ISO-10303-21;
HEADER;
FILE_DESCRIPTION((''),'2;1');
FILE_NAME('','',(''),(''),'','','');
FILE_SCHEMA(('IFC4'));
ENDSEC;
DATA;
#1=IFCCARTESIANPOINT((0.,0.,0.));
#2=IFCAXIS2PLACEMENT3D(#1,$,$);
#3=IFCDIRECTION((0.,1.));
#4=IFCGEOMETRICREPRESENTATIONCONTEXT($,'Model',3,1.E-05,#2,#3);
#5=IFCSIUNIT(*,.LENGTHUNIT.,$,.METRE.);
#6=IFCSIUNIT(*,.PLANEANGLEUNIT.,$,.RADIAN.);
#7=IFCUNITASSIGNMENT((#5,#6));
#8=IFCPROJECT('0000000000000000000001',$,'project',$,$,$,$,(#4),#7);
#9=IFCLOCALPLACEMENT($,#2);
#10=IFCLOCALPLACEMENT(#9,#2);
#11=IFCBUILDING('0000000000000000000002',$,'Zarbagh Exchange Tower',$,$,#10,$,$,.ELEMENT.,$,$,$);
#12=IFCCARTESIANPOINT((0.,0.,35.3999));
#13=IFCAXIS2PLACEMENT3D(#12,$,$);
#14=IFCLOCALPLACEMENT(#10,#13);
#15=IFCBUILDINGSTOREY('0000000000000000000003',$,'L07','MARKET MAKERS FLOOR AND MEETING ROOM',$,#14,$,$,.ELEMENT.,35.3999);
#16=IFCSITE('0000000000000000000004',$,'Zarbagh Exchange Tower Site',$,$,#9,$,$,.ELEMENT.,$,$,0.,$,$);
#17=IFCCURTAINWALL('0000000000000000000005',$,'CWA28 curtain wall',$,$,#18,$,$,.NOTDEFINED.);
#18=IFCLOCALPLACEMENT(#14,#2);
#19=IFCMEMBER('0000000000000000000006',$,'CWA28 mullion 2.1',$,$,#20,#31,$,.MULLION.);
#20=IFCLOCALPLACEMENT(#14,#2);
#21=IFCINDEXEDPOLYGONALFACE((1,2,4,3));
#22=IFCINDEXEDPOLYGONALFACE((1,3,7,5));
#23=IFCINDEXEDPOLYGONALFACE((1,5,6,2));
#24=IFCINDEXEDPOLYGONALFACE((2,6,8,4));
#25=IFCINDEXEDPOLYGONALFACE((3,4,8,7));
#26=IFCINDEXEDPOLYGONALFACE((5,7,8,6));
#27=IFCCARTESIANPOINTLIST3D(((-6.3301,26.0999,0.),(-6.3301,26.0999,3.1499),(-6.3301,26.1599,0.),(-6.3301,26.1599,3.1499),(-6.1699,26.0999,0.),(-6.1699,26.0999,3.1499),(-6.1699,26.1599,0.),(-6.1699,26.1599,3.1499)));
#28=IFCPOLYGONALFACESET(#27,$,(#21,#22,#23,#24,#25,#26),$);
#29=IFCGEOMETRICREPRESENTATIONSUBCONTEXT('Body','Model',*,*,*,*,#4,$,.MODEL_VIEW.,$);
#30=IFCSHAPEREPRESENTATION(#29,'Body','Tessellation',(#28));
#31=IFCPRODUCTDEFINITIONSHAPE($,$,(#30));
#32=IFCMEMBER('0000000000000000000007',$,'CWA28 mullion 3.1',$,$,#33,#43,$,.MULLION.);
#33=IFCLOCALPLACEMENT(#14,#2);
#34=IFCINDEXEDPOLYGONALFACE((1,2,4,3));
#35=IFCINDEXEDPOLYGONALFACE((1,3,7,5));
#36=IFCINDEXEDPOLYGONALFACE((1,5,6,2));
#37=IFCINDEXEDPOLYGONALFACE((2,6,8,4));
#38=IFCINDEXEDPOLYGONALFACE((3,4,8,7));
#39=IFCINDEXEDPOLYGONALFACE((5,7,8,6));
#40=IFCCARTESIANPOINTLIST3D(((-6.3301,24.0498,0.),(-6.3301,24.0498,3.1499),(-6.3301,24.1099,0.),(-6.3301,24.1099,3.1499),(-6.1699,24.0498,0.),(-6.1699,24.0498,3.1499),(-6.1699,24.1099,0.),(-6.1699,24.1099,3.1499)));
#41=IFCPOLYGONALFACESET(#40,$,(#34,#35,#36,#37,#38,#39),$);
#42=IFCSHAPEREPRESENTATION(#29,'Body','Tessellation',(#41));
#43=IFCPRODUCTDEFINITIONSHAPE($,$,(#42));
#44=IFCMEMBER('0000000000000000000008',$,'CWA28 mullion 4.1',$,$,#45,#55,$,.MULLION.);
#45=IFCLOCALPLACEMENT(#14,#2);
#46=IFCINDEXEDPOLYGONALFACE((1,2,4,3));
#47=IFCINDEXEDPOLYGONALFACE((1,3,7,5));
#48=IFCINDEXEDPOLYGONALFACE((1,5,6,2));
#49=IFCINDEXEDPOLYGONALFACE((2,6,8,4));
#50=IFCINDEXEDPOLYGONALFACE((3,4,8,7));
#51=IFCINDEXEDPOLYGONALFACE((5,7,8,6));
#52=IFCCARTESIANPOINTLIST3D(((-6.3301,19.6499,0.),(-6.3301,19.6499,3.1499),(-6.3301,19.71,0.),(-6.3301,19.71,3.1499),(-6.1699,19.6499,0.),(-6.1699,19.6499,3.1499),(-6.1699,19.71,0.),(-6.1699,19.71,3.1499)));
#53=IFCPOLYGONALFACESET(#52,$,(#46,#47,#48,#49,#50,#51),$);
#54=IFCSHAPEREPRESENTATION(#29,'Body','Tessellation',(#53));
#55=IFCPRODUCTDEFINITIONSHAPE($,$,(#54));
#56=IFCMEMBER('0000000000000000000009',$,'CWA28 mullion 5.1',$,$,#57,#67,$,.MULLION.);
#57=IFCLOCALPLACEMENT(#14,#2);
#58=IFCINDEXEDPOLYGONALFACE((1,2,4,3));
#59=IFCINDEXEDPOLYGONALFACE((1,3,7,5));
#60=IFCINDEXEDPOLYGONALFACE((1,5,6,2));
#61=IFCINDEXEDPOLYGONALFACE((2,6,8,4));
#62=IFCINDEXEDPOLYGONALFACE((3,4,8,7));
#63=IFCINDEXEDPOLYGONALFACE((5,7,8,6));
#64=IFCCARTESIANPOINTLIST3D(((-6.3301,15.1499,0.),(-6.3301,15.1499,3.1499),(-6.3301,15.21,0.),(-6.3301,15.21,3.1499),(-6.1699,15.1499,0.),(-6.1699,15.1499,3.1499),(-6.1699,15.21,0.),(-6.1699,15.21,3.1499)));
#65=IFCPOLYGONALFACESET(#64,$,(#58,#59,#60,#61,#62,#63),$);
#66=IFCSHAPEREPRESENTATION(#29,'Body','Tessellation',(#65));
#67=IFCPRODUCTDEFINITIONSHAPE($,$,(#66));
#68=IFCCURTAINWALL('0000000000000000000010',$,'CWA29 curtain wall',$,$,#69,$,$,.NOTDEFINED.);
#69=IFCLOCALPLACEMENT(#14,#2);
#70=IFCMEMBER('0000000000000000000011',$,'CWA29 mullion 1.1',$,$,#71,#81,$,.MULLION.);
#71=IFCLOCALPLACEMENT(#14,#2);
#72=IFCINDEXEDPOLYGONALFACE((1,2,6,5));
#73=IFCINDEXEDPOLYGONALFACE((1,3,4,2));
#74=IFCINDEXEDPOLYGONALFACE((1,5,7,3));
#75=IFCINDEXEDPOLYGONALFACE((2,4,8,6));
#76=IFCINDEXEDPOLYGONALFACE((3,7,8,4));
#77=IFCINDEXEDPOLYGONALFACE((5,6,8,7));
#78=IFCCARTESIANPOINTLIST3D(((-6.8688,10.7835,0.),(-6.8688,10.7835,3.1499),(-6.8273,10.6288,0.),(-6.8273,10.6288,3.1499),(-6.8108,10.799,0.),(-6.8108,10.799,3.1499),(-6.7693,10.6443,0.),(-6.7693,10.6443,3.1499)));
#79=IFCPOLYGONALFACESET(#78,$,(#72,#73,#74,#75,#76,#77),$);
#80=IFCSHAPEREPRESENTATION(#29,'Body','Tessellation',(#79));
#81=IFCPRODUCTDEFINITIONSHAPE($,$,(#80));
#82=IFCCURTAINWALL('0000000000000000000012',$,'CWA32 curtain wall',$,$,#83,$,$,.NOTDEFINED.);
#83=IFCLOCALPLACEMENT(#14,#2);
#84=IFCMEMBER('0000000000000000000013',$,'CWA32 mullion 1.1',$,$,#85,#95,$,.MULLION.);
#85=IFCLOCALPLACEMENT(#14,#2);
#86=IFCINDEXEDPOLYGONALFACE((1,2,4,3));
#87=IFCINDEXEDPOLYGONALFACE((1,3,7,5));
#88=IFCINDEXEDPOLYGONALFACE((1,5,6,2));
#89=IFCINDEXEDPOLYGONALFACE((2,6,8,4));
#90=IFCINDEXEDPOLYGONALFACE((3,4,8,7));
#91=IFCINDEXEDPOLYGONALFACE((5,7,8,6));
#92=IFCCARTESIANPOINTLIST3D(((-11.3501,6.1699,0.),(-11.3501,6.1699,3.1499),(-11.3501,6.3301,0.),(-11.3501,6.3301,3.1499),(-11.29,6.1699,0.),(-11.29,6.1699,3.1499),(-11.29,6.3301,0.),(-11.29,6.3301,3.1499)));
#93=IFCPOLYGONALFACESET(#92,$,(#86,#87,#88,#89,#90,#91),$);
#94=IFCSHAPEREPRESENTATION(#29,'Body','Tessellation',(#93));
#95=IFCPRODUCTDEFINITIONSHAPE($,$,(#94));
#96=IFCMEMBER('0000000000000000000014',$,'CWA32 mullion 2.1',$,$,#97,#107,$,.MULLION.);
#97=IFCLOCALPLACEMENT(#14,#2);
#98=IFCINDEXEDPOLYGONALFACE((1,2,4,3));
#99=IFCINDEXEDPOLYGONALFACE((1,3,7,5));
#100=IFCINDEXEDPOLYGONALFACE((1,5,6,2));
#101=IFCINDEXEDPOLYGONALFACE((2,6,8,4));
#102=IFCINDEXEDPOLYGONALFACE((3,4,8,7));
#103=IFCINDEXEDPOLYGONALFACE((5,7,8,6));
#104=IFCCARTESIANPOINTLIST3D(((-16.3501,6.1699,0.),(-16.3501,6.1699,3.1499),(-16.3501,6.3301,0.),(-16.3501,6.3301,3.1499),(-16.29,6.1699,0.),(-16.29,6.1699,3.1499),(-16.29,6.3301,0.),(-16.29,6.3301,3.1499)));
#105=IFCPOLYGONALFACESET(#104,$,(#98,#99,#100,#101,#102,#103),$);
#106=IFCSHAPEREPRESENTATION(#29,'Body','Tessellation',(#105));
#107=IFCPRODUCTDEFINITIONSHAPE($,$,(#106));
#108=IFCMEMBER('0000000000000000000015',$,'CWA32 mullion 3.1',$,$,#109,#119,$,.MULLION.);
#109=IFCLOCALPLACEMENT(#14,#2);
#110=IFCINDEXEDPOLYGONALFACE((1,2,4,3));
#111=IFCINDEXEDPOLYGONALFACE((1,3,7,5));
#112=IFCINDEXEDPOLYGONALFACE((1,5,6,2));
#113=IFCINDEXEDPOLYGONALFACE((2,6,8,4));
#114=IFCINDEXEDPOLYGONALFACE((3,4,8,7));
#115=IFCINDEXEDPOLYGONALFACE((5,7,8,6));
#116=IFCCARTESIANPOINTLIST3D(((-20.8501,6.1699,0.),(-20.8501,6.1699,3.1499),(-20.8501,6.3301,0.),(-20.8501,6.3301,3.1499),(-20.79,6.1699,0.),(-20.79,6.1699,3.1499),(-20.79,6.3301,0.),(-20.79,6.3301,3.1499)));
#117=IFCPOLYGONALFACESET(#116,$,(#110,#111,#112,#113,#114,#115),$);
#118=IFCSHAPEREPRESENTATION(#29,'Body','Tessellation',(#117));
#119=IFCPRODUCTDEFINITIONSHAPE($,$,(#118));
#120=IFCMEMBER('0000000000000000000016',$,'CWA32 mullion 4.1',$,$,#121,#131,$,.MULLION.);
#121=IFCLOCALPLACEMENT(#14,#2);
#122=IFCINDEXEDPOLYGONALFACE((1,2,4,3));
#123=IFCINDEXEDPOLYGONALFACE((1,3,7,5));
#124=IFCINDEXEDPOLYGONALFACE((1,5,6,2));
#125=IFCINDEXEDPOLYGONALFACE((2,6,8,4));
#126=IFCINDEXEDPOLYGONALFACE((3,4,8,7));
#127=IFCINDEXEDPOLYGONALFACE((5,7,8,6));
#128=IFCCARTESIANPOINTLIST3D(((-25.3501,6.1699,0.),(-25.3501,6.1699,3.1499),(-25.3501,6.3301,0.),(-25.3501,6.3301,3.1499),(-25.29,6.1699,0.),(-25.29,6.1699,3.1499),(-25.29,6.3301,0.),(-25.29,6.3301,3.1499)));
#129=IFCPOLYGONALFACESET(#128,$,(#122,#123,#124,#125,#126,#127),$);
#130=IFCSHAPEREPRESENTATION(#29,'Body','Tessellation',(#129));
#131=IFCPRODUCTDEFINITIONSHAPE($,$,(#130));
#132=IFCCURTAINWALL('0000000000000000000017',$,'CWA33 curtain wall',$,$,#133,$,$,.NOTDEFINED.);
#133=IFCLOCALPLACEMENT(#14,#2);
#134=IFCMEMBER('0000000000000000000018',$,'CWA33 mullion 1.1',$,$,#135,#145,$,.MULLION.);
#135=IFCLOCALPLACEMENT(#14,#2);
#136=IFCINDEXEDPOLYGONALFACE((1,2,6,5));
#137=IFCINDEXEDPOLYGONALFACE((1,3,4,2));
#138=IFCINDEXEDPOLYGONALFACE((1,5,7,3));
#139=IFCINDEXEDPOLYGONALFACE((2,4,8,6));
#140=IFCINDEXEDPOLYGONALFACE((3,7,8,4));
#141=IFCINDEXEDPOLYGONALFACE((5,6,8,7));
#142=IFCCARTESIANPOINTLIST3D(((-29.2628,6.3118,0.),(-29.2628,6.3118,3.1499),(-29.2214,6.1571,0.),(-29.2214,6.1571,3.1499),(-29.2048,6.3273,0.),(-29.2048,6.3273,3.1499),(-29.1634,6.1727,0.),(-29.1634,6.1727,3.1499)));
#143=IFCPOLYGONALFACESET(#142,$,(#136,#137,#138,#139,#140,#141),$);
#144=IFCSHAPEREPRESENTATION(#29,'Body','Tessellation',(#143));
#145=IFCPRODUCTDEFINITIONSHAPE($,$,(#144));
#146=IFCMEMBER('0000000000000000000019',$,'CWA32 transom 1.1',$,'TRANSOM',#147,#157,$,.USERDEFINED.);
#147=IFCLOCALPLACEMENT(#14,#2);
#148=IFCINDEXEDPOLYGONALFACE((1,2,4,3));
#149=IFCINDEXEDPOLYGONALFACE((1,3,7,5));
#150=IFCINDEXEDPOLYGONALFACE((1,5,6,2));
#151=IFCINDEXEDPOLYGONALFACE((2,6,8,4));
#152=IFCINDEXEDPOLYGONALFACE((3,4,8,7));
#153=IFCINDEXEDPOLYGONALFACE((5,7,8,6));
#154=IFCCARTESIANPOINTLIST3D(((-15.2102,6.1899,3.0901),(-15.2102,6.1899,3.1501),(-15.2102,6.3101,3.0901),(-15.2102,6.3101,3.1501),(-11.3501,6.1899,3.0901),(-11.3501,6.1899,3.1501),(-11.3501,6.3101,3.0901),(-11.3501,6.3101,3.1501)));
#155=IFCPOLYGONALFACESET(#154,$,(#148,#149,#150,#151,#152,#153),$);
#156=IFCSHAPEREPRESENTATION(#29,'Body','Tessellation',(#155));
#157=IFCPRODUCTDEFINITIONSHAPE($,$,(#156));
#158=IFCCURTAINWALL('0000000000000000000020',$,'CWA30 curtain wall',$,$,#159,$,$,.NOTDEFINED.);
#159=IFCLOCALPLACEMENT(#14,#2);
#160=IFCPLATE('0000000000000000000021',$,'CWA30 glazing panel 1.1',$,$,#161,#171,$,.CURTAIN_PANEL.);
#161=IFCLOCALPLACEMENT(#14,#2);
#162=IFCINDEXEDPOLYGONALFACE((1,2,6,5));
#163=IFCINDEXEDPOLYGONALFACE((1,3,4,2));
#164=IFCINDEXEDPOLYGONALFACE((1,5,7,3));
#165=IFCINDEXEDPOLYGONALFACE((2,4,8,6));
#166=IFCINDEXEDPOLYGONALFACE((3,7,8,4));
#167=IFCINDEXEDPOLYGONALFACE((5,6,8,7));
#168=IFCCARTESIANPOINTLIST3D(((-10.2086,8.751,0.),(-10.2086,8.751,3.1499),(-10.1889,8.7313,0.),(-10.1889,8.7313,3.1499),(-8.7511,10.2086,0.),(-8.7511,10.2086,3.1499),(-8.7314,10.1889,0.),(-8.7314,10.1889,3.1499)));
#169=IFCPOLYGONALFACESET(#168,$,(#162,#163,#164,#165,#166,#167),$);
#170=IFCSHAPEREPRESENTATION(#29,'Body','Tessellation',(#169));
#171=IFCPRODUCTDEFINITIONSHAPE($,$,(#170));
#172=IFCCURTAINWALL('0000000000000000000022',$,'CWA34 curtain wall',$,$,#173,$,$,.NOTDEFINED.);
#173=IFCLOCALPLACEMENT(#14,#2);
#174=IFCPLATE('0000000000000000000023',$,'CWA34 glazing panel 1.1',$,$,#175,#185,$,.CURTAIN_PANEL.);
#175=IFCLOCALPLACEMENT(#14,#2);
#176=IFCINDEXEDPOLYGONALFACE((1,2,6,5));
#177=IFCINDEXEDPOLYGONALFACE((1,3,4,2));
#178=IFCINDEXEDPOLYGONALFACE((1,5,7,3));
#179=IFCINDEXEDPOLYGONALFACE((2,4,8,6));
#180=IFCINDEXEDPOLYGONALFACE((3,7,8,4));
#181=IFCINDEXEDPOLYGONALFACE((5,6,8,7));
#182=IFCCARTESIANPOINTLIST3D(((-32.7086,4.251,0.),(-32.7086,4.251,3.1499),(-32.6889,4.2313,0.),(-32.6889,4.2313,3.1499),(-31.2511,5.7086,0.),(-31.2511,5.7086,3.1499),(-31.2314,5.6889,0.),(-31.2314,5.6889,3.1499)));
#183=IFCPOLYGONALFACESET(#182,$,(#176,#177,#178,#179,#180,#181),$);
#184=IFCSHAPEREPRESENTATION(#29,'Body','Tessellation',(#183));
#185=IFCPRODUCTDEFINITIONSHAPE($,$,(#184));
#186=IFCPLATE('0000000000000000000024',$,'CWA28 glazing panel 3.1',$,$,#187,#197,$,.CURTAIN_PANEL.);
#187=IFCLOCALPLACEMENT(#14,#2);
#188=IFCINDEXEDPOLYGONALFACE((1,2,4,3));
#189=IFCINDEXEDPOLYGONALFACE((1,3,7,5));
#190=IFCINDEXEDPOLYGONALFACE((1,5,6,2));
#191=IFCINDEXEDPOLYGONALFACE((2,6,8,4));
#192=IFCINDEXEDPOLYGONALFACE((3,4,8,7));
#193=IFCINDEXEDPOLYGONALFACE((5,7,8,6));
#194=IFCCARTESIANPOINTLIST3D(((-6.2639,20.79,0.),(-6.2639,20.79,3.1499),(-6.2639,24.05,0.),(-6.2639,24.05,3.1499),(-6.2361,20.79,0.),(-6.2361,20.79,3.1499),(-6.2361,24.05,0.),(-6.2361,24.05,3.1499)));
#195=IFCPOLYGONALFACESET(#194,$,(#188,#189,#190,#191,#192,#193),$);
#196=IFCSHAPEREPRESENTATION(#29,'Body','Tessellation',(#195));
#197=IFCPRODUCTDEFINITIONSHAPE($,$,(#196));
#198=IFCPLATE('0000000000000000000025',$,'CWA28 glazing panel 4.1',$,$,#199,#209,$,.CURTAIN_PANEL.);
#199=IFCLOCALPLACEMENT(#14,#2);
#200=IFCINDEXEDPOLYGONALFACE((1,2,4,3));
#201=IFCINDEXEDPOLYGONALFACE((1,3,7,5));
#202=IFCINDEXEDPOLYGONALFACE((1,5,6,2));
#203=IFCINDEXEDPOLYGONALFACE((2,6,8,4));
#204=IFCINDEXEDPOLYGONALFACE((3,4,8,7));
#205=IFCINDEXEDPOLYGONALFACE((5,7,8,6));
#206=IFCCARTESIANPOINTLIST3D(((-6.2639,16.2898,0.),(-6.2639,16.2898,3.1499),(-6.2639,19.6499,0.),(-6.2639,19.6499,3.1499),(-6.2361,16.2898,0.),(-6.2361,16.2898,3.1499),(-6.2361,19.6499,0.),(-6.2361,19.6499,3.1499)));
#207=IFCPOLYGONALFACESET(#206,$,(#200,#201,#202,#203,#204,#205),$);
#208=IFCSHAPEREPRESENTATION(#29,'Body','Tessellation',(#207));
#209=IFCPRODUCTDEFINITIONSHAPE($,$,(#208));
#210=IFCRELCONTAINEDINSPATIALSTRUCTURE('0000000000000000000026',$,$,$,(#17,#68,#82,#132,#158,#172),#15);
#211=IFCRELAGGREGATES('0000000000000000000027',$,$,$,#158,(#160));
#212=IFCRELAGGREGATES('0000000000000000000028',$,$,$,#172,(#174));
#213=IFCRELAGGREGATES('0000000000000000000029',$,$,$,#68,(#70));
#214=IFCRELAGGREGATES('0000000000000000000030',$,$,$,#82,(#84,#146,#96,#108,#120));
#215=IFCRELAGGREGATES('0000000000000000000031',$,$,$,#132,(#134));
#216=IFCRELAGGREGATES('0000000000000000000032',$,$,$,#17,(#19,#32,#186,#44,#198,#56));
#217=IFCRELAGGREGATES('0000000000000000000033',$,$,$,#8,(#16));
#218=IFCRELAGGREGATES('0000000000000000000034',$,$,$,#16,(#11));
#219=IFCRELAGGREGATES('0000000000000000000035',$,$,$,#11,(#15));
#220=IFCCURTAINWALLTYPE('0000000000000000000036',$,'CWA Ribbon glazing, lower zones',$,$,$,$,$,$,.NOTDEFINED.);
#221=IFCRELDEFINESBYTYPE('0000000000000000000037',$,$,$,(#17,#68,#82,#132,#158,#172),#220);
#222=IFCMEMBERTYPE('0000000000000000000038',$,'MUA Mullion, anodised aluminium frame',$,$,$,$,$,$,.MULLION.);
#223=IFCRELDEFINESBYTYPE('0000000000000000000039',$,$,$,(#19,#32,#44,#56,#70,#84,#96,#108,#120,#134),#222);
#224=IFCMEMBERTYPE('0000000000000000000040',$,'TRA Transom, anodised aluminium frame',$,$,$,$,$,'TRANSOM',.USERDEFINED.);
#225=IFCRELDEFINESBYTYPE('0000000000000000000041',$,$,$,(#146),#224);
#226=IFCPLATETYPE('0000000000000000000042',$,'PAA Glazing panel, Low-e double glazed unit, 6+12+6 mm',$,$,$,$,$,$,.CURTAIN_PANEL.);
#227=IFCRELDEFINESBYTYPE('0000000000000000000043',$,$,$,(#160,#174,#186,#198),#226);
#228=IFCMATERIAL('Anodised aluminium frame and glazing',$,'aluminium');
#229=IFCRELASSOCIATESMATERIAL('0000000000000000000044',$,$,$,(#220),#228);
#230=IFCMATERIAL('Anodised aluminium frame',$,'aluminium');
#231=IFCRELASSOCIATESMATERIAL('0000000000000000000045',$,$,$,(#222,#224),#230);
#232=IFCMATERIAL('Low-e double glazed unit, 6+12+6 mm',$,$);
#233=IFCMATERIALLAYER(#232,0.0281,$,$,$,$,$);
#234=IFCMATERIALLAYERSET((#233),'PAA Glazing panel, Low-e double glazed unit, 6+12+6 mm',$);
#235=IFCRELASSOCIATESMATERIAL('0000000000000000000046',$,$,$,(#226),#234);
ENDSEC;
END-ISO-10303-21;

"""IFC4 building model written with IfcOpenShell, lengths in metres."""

from ifc_helpers import new_model, si_unit, direction, frame, origin, place, context, subcontext, project, spatial, polyline, outline, extrude, source, transform, mapped, material, layer, layer_set, type_object, element, aggregate, save


model = new_model("IFC4")

# Units and contexts
model_context = context("Model", 3, precision=1e-05, world=origin(), true_north=direction((0.0, 1.0)))
body_context = subcontext(model_context, "Body", "Model", "MODEL_VIEW")
ifc_project = project(units=[si_unit("LENGTHUNIT", "METRE"), si_unit("PLANEANGLEUNIT", "RADIAN")], contexts=[model_context])

# Site, building, storey
site_placement = place(None, origin())
site = spatial("IfcSite", under=ifc_project, at=site_placement, Name="Zarbagh Exchange Tower Site", CompositionType="ELEMENT", RefElevation=0.0)
building_placement = place(site_placement, origin())
building = spatial("IfcBuilding", under=site, at=building_placement, Name="Zarbagh Exchange Tower", CompositionType="ELEMENT")
storey_placement = place(building_placement, frame((0.0, 0.0, 35.3999)))
storey = spatial("IfcBuildingStorey", under=building, at=storey_placement, Name="L07", Description="MARKET MAKERS FLOOR AND MEETING ROOM", CompositionType="ELEMENT", Elevation=35.3999)

# Curtain wall, members
ifc_material_1 = material(Name="Anodised aluminium frame and glazing", Category="aluminium")
curtain_wall_type = type_object("IfcCurtainWallType", Name="CWA Ribbon glazing, lower zones", PredefinedType="NOTDEFINED", material=ifc_material_1)
curtain_wall_1_placement = place(storey_placement, origin())
curtain_wall_1 = element("IfcCurtainWall", 1, at=curtain_wall_1_placement, inside=storey, type_object=curtain_wall_type, Name="CWA28 curtain wall", PredefinedType="NOTDEFINED")
ifc_material_2 = material(Name="Anodised aluminium frame", Category="aluminium")
member_type_1 = type_object("IfcMemberType", Name="MUA Mullion, anodised aluminium frame", PredefinedType="MULLION", material=ifc_material_2)
shared_shape_1 = source(origin(), body_context, "Body", "SweptSolid", [
    extrude(outline(polyline([(0.0, -0.0801), (0.0601, -0.0801), (0.0601, 0.0801), (0.0, 0.0801), (0.0, -0.0801)])), origin(), (0.0, 0.0, 1.0), 3.1499),
])
placement = place(storey_placement, origin())
member_1 = element("IfcMember", 2, at=placement, type_object=member_type_1, Name="CWA28 mullion 2.1", PredefinedType="MULLION", context=body_context, shape_type="MappedRepresentation", body=[
    mapped(shared_shape_1, transform((-6.25, 26.1599, 0.0), x_axis=(0.0, -1.0, 0.0), y_axis=(1.0, 0.0, 0.0), z_axis=(0.0, 0.0, 1.0))),
])
member_2 = element("IfcMember", 3, at=placement, type_object=member_type_1, Name="CWA28 mullion 3.1", PredefinedType="MULLION", context=body_context, shape_type="MappedRepresentation", body=[
    mapped(shared_shape_1, transform((-6.25, 24.1099, 0.0), x_axis=(0.0, -1.0, 0.0), y_axis=(1.0, 0.0, 0.0), z_axis=(0.0, 0.0, 1.0))),
])
member_3 = element("IfcMember", 4, at=placement, type_object=member_type_1, Name="CWA28 mullion 4.1", PredefinedType="MULLION", context=body_context, shape_type="MappedRepresentation", body=[
    mapped(shared_shape_1, transform((-6.25, 19.71, 0.0), x_axis=(0.0, -1.0, 0.0), y_axis=(1.0, 0.0, 0.0), z_axis=(0.0, 0.0, 1.0))),
])
member_4 = element("IfcMember", 5, at=placement, type_object=member_type_1, Name="CWA28 mullion 5.1", PredefinedType="MULLION", context=body_context, shape_type="MappedRepresentation", body=[
    mapped(shared_shape_1, transform((-6.25, 15.21, 0.0), x_axis=(0.0, -1.0, 0.0), y_axis=(1.0, 0.0, 0.0), z_axis=(0.0, 0.0, 1.0))),
])

# Curtain wall, member
curtain_wall_2_placement = place(storey_placement, origin())
curtain_wall_2 = element("IfcCurtainWall", 6, at=curtain_wall_2_placement, inside=storey, type_object=curtain_wall_type, Name="CWA29 curtain wall", PredefinedType="NOTDEFINED")
member_5 = element("IfcMember", 7, at=placement, type_object=member_type_1, Name="CWA29 mullion 1.1", PredefinedType="MULLION", context=body_context, shape_type="MappedRepresentation", body=[
    mapped(shared_shape_1, transform((-6.79, 10.7217, 0.0), x_axis=(-0.965924, -0.258825, 0.0), y_axis=(0.258825, -0.965924, 0.0), z_axis=(0.0, 0.0, 1.0))),
])

# Curtain wall, members
curtain_wall_3_placement = place(storey_placement, origin())
curtain_wall_3 = element("IfcCurtainWall", 8, at=curtain_wall_3_placement, inside=storey, type_object=curtain_wall_type, Name="CWA32 curtain wall", PredefinedType="NOTDEFINED")
member_6 = element("IfcMember", 9, at=placement, type_object=member_type_1, Name="CWA32 mullion 1.1", PredefinedType="MULLION", context=body_context, shape_type="MappedRepresentation", body=[
    mapped(shared_shape_1, transform((-11.29, 6.25, 0.0), x_axis=(-1.0, 0.0, 0.0), y_axis=(0.0, -1.0, 0.0), z_axis=(0.0, 0.0, 1.0))),
])
member_7 = element("IfcMember", 10, at=placement, type_object=member_type_1, Name="CWA32 mullion 2.1", PredefinedType="MULLION", context=body_context, shape_type="MappedRepresentation", body=[
    mapped(shared_shape_1, transform((-16.29, 6.25, 0.0), x_axis=(-1.0, 0.0, 0.0), y_axis=(0.0, -1.0, 0.0), z_axis=(0.0, 0.0, 1.0))),
])
member_8 = element("IfcMember", 11, at=placement, type_object=member_type_1, Name="CWA32 mullion 3.1", PredefinedType="MULLION", context=body_context, shape_type="MappedRepresentation", body=[
    mapped(shared_shape_1, transform((-20.79, 6.25, 0.0), x_axis=(-1.0, 0.0, 0.0), y_axis=(0.0, -1.0, 0.0), z_axis=(0.0, 0.0, 1.0))),
])
member_9 = element("IfcMember", 12, at=placement, type_object=member_type_1, Name="CWA32 mullion 4.1", PredefinedType="MULLION", context=body_context, shape_type="MappedRepresentation", body=[
    mapped(shared_shape_1, transform((-25.29, 6.25, 0.0), x_axis=(-1.0, 0.0, 0.0), y_axis=(0.0, -1.0, 0.0), z_axis=(0.0, 0.0, 1.0))),
])

# Curtain wall, member
curtain_wall_4_placement = place(storey_placement, origin())
curtain_wall_4 = element("IfcCurtainWall", 13, at=curtain_wall_4_placement, inside=storey, type_object=curtain_wall_type, Name="CWA33 curtain wall", PredefinedType="NOTDEFINED")
member_10 = element("IfcMember", 14, at=placement, type_object=member_type_1, Name="CWA33 mullion 1.1", PredefinedType="MULLION", context=body_context, shape_type="MappedRepresentation", body=[
    mapped(shared_shape_1, transform((-29.1841, 6.25, 0.0), x_axis=(-0.965924, -0.258825, 0.0), y_axis=(0.258825, -0.965924, 0.0), z_axis=(0.0, 0.0, 1.0))),
])

# Member
member_type_2 = type_object("IfcMemberType", Name="TRA Transom, anodised aluminium frame", ElementType="TRANSOM", PredefinedType="USERDEFINED", material=ifc_material_2)
shared_shape_2 = source(origin(), body_context, "Body", "SweptSolid", [
    extrude(outline(polyline([(-0.0601, -0.0601), (0.0, -0.0601), (0.0, 0.0601), (-0.0601, 0.0601), (-0.0601, -0.0601)])), origin(), (0.0, 0.0, 1.0), 3.8601),
])
member_11 = element("IfcMember", 15, at=placement, type_object=member_type_2, Name="CWA32 transom 1.1", ObjectType="TRANSOM", PredefinedType="USERDEFINED", context=body_context, shape_type="MappedRepresentation", body=[
    mapped(shared_shape_2, transform((-11.3501, 6.25, 3.1501), x_axis=(0.0, 0.0, 1.0), y_axis=(0.0, 1.0, 0.0), z_axis=(-1.0, 0.0, 0.0))),
])

# Curtain walls, plates
curtain_wall_5_placement = place(storey_placement, origin())
curtain_wall_5 = element("IfcCurtainWall", 16, at=curtain_wall_5_placement, inside=storey, type_object=curtain_wall_type, Name="CWA30 curtain wall", PredefinedType="NOTDEFINED")
ifc_material_3 = material(Name="Low-e double glazed unit, 6+12+6 mm")
ifc_layer = layer(ifc_material_3, 0.0281)
ifc_layer_set = layer_set([ifc_layer], Name="PAA Glazing panel, Low-e double glazed unit, 6+12+6 mm")
plate_type = type_object("IfcPlateType", Name="PAA Glazing panel, Low-e double glazed unit, 6+12+6 mm", PredefinedType="CURTAIN_PANEL", material=ifc_layer_set)
shared_shape_3 = source(origin(), body_context, "Body", "SweptSolid", [
    extrude(outline(polyline([(0.0, -0.0139), (2.0613, -0.0139), (2.0613, 0.0139), (0.0, 0.0139), (0.0, -0.0139)])), origin(), (0.0, 0.0, 1.0), 3.1499),
])
plate_1 = element("IfcPlate", 17, at=placement, type_object=plate_type, Name="CWA30 glazing panel 1.1", PredefinedType="CURTAIN_PANEL", context=body_context, shape_type="MappedRepresentation", body=[
    mapped(shared_shape_3, transform((-8.7412, 10.1987, 0.0), x_axis=(-0.707107, -0.707107, 0.0), y_axis=(0.707107, -0.707107, 0.0), z_axis=(0.0, 0.0, 1.0))),
])
aggregate(curtain_wall_5, [plate_1])
curtain_wall_6_placement = place(storey_placement, origin())
curtain_wall_6 = element("IfcCurtainWall", 18, at=curtain_wall_6_placement, inside=storey, type_object=curtain_wall_type, Name="CWA34 curtain wall", PredefinedType="NOTDEFINED")
plate_2 = element("IfcPlate", 19, at=placement, type_object=plate_type, Name="CWA34 glazing panel 1.1", PredefinedType="CURTAIN_PANEL", context=body_context, shape_type="MappedRepresentation", body=[
    mapped(shared_shape_3, transform((-31.2412, 5.6987, 0.0), x_axis=(-0.707107, -0.707107, 0.0), y_axis=(0.707107, -0.707107, 0.0), z_axis=(0.0, 0.0, 1.0))),
])
aggregate(curtain_wall_6, [plate_2])

# Plates
shared_shape_4 = source(origin(), body_context, "Body", "SweptSolid", [
    extrude(outline(polyline([(0.0, -0.0139), (3.26, -0.0139), (3.26, 0.0139), (0.0, 0.0139), (0.0, -0.0139)])), origin(), (0.0, 0.0, 1.0), 3.1499),
])
plate_3 = element("IfcPlate", 20, at=placement, type_object=plate_type, Name="CWA28 glazing panel 3.1", PredefinedType="CURTAIN_PANEL", context=body_context, shape_type="MappedRepresentation", body=[
    mapped(shared_shape_4, transform((-6.25, 24.05, 0.0), x_axis=(0.0, -1.0, 0.0), y_axis=(1.0, 0.0, 0.0), z_axis=(0.0, 0.0, 1.0))),
])
shared_shape_5 = source(origin(), body_context, "Body", "SweptSolid", [
    extrude(outline(polyline([(0.0, -0.0139), (3.3601, -0.0139), (3.3601, 0.0139), (0.0, 0.0139), (0.0, -0.0139)])), origin(), (0.0, 0.0, 1.0), 3.1499),
])
plate_4 = element("IfcPlate", 21, at=placement, type_object=plate_type, Name="CWA28 glazing panel 4.1", PredefinedType="CURTAIN_PANEL", context=body_context, shape_type="MappedRepresentation", body=[
    mapped(shared_shape_5, transform((-6.25, 19.6499, 0.0), x_axis=(0.0, -1.0, 0.0), y_axis=(1.0, 0.0, 0.0), z_axis=(0.0, 0.0, 1.0))),
])
aggregate(curtain_wall_2, [member_5])

aggregate(curtain_wall_3, [member_6, member_11, member_7, member_8, member_9])
aggregate(curtain_wall_4, [member_10])

aggregate(curtain_wall_1, [member_1, member_2, plate_3, member_3, plate_4, member_4])

save(model, "model.ifc")
